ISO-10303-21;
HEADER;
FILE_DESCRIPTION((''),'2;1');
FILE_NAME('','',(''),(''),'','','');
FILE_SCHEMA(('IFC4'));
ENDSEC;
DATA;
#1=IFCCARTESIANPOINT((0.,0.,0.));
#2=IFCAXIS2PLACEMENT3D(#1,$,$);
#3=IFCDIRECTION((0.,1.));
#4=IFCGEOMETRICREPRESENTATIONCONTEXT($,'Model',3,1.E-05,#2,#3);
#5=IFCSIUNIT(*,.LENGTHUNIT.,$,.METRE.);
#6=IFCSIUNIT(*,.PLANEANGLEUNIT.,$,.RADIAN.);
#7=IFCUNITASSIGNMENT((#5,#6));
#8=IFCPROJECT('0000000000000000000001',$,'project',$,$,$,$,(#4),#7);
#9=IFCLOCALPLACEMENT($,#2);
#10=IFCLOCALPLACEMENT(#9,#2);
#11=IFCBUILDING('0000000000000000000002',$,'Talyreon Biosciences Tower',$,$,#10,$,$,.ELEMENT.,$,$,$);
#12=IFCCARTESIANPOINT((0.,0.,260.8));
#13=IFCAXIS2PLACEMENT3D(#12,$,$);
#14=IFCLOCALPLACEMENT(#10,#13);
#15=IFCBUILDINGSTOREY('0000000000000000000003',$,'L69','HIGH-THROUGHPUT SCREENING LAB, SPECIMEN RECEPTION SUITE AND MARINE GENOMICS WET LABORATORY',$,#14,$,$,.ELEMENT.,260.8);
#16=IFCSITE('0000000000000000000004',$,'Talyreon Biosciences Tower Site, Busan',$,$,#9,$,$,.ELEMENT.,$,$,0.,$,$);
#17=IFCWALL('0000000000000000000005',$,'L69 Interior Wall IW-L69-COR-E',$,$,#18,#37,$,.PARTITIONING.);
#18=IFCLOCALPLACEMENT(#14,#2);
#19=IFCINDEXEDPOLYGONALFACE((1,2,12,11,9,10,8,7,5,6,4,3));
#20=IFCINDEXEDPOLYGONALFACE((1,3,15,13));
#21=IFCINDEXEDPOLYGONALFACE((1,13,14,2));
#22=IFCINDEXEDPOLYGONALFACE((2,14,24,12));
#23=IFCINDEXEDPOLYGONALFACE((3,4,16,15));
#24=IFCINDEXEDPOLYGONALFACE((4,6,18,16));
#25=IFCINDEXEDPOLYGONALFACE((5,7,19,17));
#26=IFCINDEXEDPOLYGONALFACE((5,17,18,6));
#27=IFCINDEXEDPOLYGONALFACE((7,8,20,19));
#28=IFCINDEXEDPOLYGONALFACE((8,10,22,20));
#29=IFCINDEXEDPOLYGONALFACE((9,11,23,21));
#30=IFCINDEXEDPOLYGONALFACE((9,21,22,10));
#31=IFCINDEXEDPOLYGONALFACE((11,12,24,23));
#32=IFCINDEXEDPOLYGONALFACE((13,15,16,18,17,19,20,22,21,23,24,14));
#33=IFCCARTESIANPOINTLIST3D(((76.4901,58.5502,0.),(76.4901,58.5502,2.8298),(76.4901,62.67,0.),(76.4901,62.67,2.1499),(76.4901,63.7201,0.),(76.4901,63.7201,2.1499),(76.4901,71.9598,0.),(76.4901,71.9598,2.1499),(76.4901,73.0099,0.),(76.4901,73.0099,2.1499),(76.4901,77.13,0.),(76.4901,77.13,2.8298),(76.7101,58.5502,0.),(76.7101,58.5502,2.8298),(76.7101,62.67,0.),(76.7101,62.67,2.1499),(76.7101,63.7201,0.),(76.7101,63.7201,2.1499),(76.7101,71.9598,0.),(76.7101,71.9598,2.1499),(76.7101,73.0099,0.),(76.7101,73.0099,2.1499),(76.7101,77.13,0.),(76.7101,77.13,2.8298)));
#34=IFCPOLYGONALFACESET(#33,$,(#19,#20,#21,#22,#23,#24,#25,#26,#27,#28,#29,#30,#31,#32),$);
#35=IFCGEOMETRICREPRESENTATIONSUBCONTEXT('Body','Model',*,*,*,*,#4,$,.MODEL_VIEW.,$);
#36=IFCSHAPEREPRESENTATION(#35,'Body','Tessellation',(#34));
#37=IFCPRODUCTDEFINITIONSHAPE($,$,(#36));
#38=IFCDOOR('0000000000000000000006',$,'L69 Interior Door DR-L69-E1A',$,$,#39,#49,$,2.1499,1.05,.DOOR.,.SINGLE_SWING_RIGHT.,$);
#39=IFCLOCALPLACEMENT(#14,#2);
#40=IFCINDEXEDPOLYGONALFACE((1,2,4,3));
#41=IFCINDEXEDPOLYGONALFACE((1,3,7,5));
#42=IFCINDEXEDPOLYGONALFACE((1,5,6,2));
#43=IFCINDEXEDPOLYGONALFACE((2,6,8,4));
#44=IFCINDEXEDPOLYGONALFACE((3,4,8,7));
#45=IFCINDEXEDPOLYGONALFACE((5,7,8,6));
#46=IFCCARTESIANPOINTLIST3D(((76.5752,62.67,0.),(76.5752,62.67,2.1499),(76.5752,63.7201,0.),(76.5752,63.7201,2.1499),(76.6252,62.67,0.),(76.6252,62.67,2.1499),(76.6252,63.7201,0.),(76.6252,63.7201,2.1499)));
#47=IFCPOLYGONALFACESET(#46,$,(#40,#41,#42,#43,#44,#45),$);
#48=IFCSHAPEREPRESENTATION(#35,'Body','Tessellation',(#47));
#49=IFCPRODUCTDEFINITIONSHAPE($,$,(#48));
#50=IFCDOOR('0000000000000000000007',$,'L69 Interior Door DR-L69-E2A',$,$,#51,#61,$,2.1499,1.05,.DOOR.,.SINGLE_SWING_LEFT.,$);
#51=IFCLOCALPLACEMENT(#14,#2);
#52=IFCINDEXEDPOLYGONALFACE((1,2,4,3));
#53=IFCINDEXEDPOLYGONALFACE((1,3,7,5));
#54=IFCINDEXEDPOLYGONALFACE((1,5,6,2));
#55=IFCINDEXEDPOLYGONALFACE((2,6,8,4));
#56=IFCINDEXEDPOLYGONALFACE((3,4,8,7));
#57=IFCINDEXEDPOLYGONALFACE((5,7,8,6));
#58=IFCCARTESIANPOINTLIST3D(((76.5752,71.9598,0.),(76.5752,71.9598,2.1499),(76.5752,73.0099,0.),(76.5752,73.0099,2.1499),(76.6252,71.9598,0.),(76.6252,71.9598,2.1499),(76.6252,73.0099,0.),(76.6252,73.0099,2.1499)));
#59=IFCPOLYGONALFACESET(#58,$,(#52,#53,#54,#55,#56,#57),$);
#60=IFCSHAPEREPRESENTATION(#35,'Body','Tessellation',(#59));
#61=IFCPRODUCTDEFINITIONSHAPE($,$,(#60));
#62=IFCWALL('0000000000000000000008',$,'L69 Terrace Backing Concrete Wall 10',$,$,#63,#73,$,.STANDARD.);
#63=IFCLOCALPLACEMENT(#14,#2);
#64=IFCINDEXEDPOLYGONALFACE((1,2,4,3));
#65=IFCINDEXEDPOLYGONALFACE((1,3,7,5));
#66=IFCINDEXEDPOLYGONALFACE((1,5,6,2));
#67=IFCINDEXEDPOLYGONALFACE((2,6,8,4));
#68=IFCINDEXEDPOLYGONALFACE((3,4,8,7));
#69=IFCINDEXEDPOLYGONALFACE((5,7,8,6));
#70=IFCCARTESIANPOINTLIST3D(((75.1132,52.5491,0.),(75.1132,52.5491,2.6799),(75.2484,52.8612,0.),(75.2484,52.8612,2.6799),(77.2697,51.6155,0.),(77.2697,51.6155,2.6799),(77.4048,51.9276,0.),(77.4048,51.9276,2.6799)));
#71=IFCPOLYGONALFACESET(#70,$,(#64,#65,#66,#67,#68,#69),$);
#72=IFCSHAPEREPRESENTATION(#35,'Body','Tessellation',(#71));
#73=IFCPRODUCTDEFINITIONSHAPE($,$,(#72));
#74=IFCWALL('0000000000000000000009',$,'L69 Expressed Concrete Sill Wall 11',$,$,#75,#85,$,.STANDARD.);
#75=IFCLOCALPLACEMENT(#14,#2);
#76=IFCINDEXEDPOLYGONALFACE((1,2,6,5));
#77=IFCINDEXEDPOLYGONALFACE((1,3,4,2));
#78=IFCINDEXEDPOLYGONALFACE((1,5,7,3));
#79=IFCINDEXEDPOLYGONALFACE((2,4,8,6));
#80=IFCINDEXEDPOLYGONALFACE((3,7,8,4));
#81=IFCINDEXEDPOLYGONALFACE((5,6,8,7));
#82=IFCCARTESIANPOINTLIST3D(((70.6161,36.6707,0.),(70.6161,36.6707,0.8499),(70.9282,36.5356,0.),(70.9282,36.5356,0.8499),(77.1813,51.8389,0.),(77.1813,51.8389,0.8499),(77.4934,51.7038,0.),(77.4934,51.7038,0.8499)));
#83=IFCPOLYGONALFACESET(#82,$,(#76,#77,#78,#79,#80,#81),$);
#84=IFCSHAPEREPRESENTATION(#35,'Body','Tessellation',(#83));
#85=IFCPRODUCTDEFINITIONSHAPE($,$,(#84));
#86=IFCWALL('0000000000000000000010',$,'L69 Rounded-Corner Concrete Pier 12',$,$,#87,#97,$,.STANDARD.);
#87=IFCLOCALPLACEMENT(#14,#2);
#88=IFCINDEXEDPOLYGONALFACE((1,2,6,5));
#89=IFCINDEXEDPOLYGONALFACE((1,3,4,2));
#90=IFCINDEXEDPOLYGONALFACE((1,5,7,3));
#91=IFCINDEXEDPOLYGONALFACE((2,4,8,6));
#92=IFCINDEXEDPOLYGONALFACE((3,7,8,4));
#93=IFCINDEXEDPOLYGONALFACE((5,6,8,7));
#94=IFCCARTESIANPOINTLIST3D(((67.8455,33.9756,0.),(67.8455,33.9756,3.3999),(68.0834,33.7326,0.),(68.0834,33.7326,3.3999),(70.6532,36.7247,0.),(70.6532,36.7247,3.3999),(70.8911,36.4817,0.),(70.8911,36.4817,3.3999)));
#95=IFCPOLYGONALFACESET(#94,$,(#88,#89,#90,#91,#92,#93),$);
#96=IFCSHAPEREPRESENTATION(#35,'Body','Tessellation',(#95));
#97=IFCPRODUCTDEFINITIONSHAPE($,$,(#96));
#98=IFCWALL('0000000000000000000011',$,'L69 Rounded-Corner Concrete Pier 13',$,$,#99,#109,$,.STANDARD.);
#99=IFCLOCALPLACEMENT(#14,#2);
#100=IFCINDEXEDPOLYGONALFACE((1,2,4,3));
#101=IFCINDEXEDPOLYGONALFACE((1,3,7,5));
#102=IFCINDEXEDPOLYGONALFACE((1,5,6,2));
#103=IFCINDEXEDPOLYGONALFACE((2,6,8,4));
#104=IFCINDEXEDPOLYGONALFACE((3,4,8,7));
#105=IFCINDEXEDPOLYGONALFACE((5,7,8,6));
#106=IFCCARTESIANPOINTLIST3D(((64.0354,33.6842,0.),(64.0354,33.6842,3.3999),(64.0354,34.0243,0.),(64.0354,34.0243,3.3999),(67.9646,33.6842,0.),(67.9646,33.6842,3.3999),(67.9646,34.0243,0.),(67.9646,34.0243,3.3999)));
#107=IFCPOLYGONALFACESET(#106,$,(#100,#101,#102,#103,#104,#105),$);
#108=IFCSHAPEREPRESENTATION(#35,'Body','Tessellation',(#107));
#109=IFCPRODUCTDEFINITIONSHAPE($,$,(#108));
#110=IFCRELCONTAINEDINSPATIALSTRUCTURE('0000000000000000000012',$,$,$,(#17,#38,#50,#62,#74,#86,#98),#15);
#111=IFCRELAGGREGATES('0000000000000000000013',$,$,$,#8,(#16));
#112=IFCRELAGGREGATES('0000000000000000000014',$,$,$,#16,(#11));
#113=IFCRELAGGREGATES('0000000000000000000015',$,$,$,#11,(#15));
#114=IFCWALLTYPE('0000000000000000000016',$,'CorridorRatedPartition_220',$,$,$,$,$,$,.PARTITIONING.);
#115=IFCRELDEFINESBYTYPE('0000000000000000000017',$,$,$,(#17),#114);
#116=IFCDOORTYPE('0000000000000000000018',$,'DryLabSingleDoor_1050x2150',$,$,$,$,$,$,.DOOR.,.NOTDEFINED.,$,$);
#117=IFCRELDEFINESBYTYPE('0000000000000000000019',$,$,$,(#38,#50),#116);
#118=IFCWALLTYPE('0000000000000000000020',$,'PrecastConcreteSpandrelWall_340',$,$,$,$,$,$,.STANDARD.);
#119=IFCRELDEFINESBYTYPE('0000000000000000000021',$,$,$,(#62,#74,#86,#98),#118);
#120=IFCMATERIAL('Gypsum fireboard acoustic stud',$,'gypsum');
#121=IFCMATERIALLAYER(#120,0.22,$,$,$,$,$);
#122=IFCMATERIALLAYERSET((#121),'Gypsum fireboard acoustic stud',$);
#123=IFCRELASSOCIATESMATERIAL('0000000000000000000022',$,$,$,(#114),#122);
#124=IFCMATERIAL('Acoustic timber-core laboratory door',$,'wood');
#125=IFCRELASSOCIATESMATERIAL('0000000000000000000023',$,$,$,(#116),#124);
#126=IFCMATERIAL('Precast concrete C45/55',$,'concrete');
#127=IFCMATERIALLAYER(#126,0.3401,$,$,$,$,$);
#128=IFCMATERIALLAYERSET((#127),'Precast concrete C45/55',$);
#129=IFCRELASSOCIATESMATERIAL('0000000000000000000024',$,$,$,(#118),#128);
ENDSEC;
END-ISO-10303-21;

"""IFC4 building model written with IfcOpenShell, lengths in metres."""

from ifc_helpers import new_model, si_unit, direction, frame, frame_2d, origin, place, context, subcontext, project, spatial, rectangle, extrude, material, layer, layer_set, type_object, element, fill, save


model = new_model("IFC4")

# Units and contexts
model_context = context("Model", 3, precision=1e-05, world=origin(), true_north=direction((0.0, 1.0)))
body_context = subcontext(model_context, "Body", "Model", "MODEL_VIEW")
ifc_project = project(units=[si_unit("LENGTHUNIT", "METRE"), si_unit("PLANEANGLEUNIT", "RADIAN")], contexts=[model_context])

# Site, building, storey
site_placement = place(None, origin())
site = spatial("IfcSite", under=ifc_project, at=site_placement, Name="Talyreon Biosciences Tower Site, Busan", CompositionType="ELEMENT", RefElevation=0.0)
building_placement = place(site_placement, origin())
building = spatial("IfcBuilding", under=site, at=building_placement, Name="Talyreon Biosciences Tower", CompositionType="ELEMENT")
storey_placement = place(building_placement, frame((0.0, 0.0, 260.8)))
storey = spatial("IfcBuildingStorey", under=building, at=storey_placement, Name="L69", Description="HIGH-THROUGHPUT SCREENING LAB, SPECIMEN RECEPTION SUITE AND MARINE GENOMICS WET LABORATORY", CompositionType="ELEMENT", Elevation=260.8)

# Shared definitions
ifc_material_1 = material(Name="Precast concrete C45/55", Category="concrete")

# Shared definitions
ifc_material_2 = material(Name="Gypsum fireboard acoustic stud", Category="gypsum")

# Wall, openings, doors
ifc_layer_1 = layer(ifc_material_2, 0.22)
ifc_layer_set_1 = layer_set([ifc_layer_1], Name="Gypsum fireboard acoustic stud")
wall_type_1 = type_object("IfcWallType", Name="CorridorRatedPartition_220", PredefinedType="PARTITIONING", material=ifc_layer_set_1)
wall_1_placement = place(storey_placement, frame((76.6001, 58.55, 0.0), z_axis=(0.0, 0.0, 1.0), x_axis=(0.0, 1.0, 0.0)))
wall_1 = element("IfcWall", 1, at=wall_1_placement, inside=storey, type_object=wall_type_1, Name="L69 Interior Wall IW-L69-COR-E", PredefinedType="PARTITIONING", context=body_context, shape_type="SweptSolid", body=[
    extrude(rectangle(XDim=18.5798, YDim=0.22, at=frame_2d((9.29, 0.0))), origin(), (0.0, 0.0, 1.0), 2.8298),
])
opening_1_placement = place(wall_1_placement, frame((4.1201, 0.0, 0.0)))
opening_1 = element("IfcOpeningElement", 2, at=opening_1_placement, cuts=wall_1, PredefinedType="OPENING", context=body_context, shape_type="SweptSolid", body=[
    extrude(rectangle(XDim=1.05, YDim=2.1499, at=frame_2d((0.5249, 1.075))), frame((0.0, 0.1199, 0.0), z_axis=(0.0, -1.0, 0.0), x_axis=(1.0, 0.0, 0.0)), (0.0, 0.0, 1.0), 0.24),
])
opening_2_placement = place(wall_1_placement, frame((13.4099, 0.0, 0.0)))
opening_2 = element("IfcOpeningElement", 3, at=opening_2_placement, cuts=wall_1, PredefinedType="OPENING", context=body_context, shape_type="SweptSolid", body=[
    extrude(rectangle(XDim=1.05, YDim=2.1499, at=frame_2d((0.5249, 1.075))), frame((0.0, 0.1199, 0.0), z_axis=(0.0, -1.0, 0.0), x_axis=(1.0, 0.0, 0.0)), (0.0, 0.0, 1.0), 0.24),
])
ifc_material_3 = material(Name="Acoustic timber-core laboratory door", Category="wood")
door_type = type_object("IfcDoorType", Name="DryLabSingleDoor_1050x2150", OperationType="NOTDEFINED", PredefinedType="DOOR", material=ifc_material_3)
door_1_placement = place(opening_1_placement, origin())
door_1 = element("IfcDoor", 4, at=door_1_placement, inside=storey, type_object=door_type, Name="L69 Interior Door DR-L69-E1A", OperationType="SINGLE_SWING_RIGHT", OverallHeight=2.1499, OverallWidth=1.05, PredefinedType="DOOR", context=body_context, shape_type="SweptSolid", body=[
    extrude(rectangle(XDim=1.05, YDim=2.1499, at=frame_2d((0.5249, 1.075))), frame((0.0, 0.0249, 0.0), z_axis=(0.0, -1.0, 0.0), x_axis=(1.0, 0.0, 0.0)), (0.0, 0.0, 1.0), 0.05),
])
fill(opening_1, door_1)
door_2_placement = place(opening_2_placement, origin())
door_2 = element("IfcDoor", 5, at=door_2_placement, inside=storey, type_object=door_type, Name="L69 Interior Door DR-L69-E2A", OperationType="SINGLE_SWING_LEFT", OverallHeight=2.1499, OverallWidth=1.05, PredefinedType="DOOR", context=body_context, shape_type="SweptSolid", body=[
    extrude(rectangle(XDim=1.05, YDim=2.1499, at=frame_2d((0.5249, 1.075))), frame((0.0, 0.0249, 0.0), z_axis=(0.0, -1.0, 0.0), x_axis=(1.0, 0.0, 0.0)), (0.0, 0.0, 1.0), 0.05),
])
fill(opening_2, door_2)

# Walls
ifc_layer_2 = layer(ifc_material_1, 0.3401)
ifc_layer_set_2 = layer_set([ifc_layer_2], Name="Precast concrete C45/55")
wall_type_2 = type_object("IfcWallType", Name="PrecastConcreteSpandrelWall_340", PredefinedType="STANDARD", material=ifc_layer_set_2)
wall_2_placement = place(storey_placement, frame((75.1809, 52.7051, 0.0), z_axis=(0.0, 0.0, 1.0), x_axis=(0.917693, -0.39729, 0.0)))
element("IfcWall", 6, at=wall_2_placement, inside=storey, type_object=wall_type_2, Name="L69 Terrace Backing Concrete Wall 10", PredefinedType="STANDARD", context=body_context, shape_type="SweptSolid", body=[
    extrude(rectangle(XDim=2.3499, YDim=0.3401, at=frame_2d((1.1748, 0.0))), origin(), (0.0, 0.0, 1.0), 2.6799),
])
wall_3_placement = place(storey_placement, frame((77.3374, 51.7715, 0.0), z_axis=(0.0, 0.0, 1.0), x_axis=(-0.397215, -0.917726, 0.0)))
element("IfcWall", 7, at=wall_3_placement, inside=storey, type_object=wall_type_2, Name="L69 Expressed Concrete Sill Wall 11", PredefinedType="STANDARD", context=body_context, shape_type="SweptSolid", body=[
    extrude(rectangle(XDim=16.5281, YDim=0.3401, at=frame_2d((8.2642, 0.0))), origin(), (0.0, 0.0, 1.0), 0.8499),
])
wall_4_placement = place(storey_placement, frame((70.7722, 36.6033, 0.0), z_axis=(0.0, 0.0, 1.0), x_axis=(-0.714523, -0.699612, 0.0)))
element("IfcWall", 8, at=wall_4_placement, inside=storey, type_object=wall_type_2, Name="L69 Rounded-Corner Concrete Pier 12", PredefinedType="STANDARD", context=body_context, shape_type="SweptSolid", body=[
    extrude(rectangle(XDim=3.9294, YDim=0.3401, at=frame_2d((1.9648, 0.0))), origin(), (0.0, 0.0, 1.0), 3.3999),
])
wall_5_placement = place(storey_placement, frame((67.9646, 33.8542, 0.0), z_axis=(0.0, 0.0, 1.0), x_axis=(-1.0, 0.0, 0.0)))
element("IfcWall", 9, at=wall_5_placement, inside=storey, type_object=wall_type_2, Name="L69 Rounded-Corner Concrete Pier 13", PredefinedType="STANDARD", context=body_context, shape_type="SweptSolid", body=[
    extrude(rectangle(XDim=3.9292, YDim=0.3401, at=frame_2d((1.9646, 0.0))), origin(), (0.0, 0.0, 1.0), 3.3999),
])

save(model, "model.ifc")
